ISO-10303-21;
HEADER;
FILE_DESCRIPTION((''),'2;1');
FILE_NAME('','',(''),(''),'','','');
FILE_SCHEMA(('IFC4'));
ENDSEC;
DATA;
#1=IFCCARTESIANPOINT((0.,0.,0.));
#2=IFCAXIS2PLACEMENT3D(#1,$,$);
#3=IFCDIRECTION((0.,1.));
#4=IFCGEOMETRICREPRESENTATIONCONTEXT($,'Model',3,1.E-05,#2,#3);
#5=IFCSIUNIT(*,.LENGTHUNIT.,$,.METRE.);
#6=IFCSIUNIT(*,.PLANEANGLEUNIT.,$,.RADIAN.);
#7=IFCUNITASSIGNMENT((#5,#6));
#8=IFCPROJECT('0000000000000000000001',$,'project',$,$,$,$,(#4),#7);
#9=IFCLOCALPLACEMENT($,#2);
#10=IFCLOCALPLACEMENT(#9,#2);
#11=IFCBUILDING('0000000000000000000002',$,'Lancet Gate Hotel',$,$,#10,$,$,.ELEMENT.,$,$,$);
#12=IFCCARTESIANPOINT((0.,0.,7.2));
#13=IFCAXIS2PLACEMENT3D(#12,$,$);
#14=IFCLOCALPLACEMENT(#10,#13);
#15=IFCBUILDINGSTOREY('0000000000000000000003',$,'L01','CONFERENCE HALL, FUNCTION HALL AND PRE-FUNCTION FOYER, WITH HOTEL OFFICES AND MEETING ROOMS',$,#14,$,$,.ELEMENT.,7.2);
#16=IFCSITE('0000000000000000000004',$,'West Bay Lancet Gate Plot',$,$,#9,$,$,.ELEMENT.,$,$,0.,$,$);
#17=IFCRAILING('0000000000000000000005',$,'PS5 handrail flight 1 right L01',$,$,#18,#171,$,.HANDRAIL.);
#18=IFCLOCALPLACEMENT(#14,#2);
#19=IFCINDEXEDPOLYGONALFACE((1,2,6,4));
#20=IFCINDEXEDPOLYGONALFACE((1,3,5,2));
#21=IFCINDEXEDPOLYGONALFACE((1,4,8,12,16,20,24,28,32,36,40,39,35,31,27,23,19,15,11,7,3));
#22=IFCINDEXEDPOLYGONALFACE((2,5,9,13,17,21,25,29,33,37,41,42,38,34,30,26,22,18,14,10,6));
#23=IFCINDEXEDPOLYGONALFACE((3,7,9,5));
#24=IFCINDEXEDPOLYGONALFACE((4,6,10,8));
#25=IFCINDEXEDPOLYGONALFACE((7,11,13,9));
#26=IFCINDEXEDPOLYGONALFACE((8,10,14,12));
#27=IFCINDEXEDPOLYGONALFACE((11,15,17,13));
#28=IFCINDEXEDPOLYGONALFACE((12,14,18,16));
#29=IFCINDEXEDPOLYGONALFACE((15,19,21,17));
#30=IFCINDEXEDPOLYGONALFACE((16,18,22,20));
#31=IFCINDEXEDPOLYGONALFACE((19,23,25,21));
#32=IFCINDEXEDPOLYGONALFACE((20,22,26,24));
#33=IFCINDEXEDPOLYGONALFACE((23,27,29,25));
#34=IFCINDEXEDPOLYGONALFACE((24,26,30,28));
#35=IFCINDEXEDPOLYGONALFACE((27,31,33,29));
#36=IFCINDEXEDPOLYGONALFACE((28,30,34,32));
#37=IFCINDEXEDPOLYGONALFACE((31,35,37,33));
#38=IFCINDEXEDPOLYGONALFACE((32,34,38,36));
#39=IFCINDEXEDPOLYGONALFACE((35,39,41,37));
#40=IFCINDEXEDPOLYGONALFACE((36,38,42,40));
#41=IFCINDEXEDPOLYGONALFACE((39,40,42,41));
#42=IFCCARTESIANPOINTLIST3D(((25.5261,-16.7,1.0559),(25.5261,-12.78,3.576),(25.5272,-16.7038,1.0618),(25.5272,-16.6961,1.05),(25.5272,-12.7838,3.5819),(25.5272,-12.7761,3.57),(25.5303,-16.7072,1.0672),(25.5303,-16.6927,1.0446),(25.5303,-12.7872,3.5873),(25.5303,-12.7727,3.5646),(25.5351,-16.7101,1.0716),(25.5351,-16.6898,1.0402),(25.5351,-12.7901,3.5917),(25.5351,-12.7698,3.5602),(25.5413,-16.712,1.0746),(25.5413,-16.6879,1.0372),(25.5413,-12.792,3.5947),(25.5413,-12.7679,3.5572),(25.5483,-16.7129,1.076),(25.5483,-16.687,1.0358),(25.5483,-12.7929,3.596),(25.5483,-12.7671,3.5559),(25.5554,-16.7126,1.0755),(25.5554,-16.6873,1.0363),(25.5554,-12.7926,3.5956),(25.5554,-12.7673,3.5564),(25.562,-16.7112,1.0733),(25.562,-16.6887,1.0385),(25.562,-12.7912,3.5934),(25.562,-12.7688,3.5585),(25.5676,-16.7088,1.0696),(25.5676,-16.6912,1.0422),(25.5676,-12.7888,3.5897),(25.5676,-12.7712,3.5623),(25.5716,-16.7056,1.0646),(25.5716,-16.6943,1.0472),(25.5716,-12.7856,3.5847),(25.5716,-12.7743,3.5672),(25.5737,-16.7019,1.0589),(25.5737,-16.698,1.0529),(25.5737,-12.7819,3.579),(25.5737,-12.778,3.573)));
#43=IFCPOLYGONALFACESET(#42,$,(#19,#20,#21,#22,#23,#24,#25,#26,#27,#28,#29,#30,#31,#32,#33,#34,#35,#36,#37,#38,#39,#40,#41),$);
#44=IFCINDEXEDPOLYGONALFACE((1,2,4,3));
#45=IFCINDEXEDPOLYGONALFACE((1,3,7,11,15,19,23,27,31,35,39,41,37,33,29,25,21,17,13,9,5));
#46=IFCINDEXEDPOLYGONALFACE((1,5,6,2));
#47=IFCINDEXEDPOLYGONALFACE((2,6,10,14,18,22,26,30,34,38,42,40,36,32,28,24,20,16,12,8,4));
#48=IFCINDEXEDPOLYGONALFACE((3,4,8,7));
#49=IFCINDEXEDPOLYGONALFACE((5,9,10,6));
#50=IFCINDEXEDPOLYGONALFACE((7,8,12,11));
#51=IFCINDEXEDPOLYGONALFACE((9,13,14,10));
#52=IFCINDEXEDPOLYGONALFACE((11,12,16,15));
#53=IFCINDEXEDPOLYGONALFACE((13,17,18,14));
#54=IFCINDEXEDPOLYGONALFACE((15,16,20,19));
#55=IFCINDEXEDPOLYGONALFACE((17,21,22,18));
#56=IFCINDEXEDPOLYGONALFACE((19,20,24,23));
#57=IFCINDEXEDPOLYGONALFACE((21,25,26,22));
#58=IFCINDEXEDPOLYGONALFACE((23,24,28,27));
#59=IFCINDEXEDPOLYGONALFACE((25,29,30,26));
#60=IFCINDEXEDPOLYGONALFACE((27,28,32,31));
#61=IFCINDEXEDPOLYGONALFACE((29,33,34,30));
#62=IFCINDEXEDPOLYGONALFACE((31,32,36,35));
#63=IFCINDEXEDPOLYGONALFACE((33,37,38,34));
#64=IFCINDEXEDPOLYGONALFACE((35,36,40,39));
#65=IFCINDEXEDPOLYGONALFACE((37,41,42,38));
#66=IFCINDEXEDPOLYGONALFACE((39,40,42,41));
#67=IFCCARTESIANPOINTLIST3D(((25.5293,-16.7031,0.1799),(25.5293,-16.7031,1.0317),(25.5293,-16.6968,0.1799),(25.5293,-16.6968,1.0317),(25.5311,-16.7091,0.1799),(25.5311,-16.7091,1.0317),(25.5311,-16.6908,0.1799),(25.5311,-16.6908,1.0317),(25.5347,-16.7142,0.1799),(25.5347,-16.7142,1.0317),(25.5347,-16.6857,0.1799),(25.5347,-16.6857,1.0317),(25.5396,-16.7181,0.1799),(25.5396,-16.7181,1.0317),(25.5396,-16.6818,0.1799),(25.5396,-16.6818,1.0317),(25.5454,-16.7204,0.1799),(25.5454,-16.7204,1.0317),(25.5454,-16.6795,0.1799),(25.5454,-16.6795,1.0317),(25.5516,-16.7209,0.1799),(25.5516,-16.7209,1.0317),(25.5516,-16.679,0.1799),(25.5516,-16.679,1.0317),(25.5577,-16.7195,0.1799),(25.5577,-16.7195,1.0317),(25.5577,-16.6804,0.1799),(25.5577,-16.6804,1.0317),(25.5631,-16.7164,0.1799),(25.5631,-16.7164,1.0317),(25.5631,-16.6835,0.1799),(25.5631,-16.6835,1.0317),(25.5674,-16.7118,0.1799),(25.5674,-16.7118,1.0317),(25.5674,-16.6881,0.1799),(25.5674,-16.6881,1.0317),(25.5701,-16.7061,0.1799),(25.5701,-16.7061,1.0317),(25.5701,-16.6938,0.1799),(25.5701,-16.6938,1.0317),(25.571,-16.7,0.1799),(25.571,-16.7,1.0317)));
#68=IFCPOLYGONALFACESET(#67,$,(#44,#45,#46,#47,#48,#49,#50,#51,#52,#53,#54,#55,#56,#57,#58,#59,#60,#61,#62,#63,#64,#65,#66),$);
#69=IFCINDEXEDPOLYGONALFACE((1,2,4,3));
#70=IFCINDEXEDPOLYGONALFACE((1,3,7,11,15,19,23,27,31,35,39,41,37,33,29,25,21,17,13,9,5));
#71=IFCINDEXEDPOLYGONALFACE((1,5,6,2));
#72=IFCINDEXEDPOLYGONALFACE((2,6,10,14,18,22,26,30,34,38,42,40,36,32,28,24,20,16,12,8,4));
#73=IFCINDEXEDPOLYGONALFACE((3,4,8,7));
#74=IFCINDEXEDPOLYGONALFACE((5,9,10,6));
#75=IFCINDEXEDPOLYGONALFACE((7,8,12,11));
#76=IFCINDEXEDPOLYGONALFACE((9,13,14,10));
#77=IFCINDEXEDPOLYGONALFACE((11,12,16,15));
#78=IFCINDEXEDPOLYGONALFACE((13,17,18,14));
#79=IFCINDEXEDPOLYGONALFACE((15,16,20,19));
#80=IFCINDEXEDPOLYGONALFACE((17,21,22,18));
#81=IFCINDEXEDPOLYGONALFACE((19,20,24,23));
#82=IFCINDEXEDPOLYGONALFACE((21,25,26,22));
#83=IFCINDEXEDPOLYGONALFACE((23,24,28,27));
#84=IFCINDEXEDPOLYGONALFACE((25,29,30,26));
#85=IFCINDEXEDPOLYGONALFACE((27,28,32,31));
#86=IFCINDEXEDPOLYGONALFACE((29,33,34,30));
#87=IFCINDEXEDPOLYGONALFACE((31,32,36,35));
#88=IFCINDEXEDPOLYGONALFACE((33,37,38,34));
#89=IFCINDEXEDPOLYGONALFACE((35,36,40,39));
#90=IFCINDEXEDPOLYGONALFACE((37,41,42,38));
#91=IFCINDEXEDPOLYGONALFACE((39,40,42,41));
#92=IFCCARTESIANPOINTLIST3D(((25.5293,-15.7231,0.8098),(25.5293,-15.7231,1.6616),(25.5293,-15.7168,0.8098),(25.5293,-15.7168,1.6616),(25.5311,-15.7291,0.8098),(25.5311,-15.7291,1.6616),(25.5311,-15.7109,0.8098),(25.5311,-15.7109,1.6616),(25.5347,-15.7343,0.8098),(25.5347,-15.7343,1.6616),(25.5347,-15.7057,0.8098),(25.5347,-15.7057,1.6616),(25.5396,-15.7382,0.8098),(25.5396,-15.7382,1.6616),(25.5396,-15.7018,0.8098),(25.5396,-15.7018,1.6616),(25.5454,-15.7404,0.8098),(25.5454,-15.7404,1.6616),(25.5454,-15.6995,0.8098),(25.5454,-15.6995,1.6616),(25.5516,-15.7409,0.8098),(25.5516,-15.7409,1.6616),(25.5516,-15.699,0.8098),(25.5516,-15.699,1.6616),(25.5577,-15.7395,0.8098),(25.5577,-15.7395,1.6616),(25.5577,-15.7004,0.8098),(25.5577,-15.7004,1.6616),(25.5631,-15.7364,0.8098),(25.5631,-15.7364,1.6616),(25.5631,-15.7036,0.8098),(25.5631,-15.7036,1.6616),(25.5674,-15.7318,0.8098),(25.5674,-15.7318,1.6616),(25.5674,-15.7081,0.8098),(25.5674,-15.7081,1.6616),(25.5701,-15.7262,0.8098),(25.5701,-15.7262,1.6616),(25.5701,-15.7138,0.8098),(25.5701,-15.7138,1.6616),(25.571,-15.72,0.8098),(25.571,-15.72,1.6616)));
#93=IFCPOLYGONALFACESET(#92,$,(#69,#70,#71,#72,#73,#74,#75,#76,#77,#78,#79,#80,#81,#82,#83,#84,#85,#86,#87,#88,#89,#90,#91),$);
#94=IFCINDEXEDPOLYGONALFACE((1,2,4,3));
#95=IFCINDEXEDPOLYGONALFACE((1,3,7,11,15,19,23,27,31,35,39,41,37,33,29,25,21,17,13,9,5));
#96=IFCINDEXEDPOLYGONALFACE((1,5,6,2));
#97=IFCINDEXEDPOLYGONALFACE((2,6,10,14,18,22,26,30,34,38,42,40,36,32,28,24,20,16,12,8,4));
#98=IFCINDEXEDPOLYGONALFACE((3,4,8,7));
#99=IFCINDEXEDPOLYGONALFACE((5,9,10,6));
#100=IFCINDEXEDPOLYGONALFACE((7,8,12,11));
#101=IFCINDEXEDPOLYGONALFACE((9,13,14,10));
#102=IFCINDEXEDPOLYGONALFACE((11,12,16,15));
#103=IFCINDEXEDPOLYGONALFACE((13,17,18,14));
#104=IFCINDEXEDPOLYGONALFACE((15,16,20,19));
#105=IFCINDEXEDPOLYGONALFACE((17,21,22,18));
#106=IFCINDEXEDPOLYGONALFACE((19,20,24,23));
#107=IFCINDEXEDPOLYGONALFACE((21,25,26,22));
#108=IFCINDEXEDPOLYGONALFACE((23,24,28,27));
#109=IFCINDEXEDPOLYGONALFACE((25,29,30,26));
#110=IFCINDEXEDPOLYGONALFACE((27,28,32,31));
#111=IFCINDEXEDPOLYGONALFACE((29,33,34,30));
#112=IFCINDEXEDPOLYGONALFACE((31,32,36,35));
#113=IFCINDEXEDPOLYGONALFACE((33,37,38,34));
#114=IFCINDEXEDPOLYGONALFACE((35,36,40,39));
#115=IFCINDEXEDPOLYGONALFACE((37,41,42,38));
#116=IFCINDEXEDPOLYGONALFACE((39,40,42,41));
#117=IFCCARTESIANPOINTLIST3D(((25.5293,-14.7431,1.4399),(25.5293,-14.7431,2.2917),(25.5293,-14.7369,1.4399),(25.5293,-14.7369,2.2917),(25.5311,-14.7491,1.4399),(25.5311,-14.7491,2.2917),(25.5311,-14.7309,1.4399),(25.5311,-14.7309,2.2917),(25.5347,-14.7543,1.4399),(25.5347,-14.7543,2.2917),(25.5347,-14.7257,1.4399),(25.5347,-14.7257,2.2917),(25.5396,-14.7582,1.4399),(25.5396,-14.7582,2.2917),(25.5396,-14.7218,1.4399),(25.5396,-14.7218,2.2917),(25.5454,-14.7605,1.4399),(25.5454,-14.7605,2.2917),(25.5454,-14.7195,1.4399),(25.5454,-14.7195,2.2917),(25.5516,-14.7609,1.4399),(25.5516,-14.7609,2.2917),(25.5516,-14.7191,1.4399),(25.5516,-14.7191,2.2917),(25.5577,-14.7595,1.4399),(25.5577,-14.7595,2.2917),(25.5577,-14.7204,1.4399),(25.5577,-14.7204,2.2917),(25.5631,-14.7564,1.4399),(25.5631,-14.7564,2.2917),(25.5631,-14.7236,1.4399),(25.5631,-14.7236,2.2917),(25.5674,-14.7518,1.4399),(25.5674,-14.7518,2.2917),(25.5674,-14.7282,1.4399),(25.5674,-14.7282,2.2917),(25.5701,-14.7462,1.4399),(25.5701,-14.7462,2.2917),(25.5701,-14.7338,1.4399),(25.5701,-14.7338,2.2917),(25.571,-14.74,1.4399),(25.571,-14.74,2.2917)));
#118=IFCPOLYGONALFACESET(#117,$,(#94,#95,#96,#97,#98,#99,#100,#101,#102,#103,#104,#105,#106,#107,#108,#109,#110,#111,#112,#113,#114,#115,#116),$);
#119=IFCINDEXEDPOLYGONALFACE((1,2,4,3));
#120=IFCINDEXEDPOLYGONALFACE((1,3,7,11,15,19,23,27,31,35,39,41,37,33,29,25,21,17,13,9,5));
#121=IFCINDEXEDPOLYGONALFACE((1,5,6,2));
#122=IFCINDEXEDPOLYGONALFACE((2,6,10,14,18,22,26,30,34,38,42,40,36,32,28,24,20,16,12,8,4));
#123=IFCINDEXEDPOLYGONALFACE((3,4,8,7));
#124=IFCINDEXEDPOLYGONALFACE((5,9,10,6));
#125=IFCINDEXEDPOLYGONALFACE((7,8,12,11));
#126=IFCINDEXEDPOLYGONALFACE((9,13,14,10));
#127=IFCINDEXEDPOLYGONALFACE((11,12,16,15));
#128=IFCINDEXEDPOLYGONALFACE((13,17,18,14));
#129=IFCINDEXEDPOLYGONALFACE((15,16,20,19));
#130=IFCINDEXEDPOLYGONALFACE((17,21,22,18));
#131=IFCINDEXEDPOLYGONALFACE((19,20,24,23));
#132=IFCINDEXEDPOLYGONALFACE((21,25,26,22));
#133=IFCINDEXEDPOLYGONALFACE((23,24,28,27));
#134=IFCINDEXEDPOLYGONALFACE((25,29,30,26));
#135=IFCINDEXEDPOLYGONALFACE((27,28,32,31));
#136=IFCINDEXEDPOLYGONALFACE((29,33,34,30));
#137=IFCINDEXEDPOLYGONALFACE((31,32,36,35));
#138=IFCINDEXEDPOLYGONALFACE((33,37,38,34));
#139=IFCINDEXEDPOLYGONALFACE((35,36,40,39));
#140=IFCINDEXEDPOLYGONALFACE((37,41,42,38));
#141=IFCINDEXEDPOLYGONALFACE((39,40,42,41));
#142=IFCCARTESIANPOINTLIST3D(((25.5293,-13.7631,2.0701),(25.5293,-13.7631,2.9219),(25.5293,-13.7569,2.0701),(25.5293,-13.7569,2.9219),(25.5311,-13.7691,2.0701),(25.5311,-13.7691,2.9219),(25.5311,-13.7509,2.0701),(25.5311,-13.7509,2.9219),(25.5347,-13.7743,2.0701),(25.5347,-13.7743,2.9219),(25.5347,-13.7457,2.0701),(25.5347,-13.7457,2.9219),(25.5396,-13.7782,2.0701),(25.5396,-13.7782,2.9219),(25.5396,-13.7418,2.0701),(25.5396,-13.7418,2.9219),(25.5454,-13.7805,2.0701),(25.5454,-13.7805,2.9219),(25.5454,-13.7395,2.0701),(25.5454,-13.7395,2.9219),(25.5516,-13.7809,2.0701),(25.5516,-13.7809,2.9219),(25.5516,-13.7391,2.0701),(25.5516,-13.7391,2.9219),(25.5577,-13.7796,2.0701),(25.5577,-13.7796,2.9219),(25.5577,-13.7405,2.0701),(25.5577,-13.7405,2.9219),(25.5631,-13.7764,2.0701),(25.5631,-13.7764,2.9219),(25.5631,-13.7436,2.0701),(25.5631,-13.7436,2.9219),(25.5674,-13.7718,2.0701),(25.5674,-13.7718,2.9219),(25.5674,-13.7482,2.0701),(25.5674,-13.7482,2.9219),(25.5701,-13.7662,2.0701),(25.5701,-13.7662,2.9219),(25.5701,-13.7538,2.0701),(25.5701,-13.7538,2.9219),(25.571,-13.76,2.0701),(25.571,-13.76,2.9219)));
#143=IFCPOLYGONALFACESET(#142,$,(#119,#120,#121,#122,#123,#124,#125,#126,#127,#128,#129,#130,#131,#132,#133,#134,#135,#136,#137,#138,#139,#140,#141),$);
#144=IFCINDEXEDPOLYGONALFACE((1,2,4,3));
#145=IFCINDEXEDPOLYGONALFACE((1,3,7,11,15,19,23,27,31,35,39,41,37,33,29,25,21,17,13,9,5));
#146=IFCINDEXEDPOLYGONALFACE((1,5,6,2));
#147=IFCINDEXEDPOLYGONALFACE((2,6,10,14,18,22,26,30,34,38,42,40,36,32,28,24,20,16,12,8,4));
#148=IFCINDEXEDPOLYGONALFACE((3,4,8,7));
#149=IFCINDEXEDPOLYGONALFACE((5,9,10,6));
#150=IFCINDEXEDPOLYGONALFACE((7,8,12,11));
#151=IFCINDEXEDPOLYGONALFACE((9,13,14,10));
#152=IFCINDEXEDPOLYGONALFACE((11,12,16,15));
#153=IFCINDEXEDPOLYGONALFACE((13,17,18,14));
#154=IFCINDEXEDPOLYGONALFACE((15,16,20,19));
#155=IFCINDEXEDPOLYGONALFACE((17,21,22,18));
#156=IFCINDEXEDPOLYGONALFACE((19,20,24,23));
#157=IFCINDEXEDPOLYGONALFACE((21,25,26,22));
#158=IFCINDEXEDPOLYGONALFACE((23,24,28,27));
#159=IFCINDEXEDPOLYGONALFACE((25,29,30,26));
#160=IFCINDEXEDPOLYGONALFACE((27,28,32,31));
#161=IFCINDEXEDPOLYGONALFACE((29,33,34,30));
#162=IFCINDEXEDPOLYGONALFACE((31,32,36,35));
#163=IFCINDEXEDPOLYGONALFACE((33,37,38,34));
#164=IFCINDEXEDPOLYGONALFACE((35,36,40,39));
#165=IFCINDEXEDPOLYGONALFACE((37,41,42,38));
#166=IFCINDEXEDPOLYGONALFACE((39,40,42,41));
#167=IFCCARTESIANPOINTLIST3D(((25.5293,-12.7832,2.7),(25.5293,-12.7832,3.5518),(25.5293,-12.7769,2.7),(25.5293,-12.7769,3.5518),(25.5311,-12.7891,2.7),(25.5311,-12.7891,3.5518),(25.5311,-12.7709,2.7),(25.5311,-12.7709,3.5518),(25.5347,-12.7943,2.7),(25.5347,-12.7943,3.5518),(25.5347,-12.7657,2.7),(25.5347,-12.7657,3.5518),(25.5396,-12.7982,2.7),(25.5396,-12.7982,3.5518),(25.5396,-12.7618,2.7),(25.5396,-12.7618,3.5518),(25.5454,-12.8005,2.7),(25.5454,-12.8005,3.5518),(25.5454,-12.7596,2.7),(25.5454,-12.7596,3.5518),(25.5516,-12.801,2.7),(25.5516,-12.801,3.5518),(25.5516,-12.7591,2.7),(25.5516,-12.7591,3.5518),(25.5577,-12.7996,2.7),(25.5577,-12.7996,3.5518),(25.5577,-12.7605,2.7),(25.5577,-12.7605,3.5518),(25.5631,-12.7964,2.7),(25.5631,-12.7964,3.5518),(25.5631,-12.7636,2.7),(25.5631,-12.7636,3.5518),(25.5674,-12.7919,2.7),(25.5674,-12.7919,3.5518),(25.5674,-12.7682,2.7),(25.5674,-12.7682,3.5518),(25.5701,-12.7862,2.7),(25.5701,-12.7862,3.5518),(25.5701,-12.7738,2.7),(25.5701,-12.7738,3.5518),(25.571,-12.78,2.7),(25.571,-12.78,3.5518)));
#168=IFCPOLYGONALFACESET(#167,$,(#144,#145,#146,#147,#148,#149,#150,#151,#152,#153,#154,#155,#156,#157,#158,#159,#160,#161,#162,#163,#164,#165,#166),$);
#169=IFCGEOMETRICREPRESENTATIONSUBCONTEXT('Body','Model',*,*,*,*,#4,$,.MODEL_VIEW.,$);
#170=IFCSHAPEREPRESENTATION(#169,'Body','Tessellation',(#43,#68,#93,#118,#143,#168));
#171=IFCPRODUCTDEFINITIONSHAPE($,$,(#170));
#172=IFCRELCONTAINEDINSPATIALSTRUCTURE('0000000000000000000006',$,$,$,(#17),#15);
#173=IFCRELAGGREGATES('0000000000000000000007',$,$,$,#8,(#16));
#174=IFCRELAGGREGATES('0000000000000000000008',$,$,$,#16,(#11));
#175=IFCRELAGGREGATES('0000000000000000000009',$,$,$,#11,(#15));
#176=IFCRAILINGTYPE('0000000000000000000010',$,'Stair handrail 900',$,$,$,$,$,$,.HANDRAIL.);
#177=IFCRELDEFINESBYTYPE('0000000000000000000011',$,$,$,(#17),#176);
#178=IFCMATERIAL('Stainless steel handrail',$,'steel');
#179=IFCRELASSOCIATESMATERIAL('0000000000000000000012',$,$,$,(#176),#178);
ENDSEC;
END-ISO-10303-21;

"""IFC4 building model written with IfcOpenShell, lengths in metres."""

from ifc_helpers import new_model, si_unit, direction, frame, origin, origin_2d, place, context, subcontext, project, spatial, circle, extrude, material, type_object, element, save


model = new_model("IFC4")

# Units and contexts
model_context = context("Model", 3, precision=1e-05, world=origin(), true_north=direction((0.0, 1.0)))
body_context = subcontext(model_context, "Body", "Model", "MODEL_VIEW")
ifc_project = project(units=[si_unit("LENGTHUNIT", "METRE"), si_unit("PLANEANGLEUNIT", "RADIAN")], contexts=[model_context])

# Site, building, storey
site_placement = place(None, origin())
site = spatial("IfcSite", under=ifc_project, at=site_placement, Name="West Bay Lancet Gate Plot", CompositionType="ELEMENT", RefElevation=0.0)
building_placement = place(site_placement, origin())
building = spatial("IfcBuilding", under=site, at=building_placement, Name="Lancet Gate Hotel", CompositionType="ELEMENT")
storey_placement = place(building_placement, frame((0.0, 0.0, 7.2)))
storey = spatial("IfcBuildingStorey", under=building, at=storey_placement, Name="L01", Description="CONFERENCE HALL, FUNCTION HALL AND PRE-FUNCTION FOYER, WITH HOTEL OFFICES AND MEETING ROOMS", CompositionType="ELEMENT", Elevation=7.2)

# Railing
ifc_material_1 = material(Name="Stainless steel handrail", Category="steel")
railing_type_1 = type_object("IfcRailingType", Name="Stair handrail 900", PredefinedType="HANDRAIL", material=ifc_material_1)
railing_1_placement = place(storey_placement, frame((25.55, -16.7, 0.1799)))
element("IfcRailing", 1, at=railing_1_placement, inside=storey, type_object=railing_type_1, Name="PS5 handrail flight 1 right L01", PredefinedType="HANDRAIL", context=body_context, shape_type="SweptSolid", body=[
    extrude(circle(Radius=0.0239, at=origin_2d()), frame((0.0, 0.0, 0.876), z_axis=(0.0, 0.841172, 0.540768), x_axis=(-1.0, 0.0, 0.0)), (0.0, 0.0, 1.0), 4.6602),
    extrude(circle(Radius=0.021, at=origin_2d()), origin(), (0.0, 0.0, 1.0), 0.8518),
    extrude(circle(Radius=0.021, at=origin_2d()), frame((0.0, 0.98, 0.6299)), (0.0, 0.0, 1.0), 0.8518),
    extrude(circle(Radius=0.021, at=origin_2d()), frame((0.0, 1.96, 1.26)), (0.0, 0.0, 1.0), 0.8518),
    extrude(circle(Radius=0.021, at=origin_2d()), frame((0.0, 2.9399, 1.8901)), (0.0, 0.0, 1.0), 0.8518),
    extrude(circle(Radius=0.021, at=origin_2d()), frame((0.0, 3.9199, 2.52)), (0.0, 0.0, 1.0), 0.8518),
])

save(model, "model.ifc")
